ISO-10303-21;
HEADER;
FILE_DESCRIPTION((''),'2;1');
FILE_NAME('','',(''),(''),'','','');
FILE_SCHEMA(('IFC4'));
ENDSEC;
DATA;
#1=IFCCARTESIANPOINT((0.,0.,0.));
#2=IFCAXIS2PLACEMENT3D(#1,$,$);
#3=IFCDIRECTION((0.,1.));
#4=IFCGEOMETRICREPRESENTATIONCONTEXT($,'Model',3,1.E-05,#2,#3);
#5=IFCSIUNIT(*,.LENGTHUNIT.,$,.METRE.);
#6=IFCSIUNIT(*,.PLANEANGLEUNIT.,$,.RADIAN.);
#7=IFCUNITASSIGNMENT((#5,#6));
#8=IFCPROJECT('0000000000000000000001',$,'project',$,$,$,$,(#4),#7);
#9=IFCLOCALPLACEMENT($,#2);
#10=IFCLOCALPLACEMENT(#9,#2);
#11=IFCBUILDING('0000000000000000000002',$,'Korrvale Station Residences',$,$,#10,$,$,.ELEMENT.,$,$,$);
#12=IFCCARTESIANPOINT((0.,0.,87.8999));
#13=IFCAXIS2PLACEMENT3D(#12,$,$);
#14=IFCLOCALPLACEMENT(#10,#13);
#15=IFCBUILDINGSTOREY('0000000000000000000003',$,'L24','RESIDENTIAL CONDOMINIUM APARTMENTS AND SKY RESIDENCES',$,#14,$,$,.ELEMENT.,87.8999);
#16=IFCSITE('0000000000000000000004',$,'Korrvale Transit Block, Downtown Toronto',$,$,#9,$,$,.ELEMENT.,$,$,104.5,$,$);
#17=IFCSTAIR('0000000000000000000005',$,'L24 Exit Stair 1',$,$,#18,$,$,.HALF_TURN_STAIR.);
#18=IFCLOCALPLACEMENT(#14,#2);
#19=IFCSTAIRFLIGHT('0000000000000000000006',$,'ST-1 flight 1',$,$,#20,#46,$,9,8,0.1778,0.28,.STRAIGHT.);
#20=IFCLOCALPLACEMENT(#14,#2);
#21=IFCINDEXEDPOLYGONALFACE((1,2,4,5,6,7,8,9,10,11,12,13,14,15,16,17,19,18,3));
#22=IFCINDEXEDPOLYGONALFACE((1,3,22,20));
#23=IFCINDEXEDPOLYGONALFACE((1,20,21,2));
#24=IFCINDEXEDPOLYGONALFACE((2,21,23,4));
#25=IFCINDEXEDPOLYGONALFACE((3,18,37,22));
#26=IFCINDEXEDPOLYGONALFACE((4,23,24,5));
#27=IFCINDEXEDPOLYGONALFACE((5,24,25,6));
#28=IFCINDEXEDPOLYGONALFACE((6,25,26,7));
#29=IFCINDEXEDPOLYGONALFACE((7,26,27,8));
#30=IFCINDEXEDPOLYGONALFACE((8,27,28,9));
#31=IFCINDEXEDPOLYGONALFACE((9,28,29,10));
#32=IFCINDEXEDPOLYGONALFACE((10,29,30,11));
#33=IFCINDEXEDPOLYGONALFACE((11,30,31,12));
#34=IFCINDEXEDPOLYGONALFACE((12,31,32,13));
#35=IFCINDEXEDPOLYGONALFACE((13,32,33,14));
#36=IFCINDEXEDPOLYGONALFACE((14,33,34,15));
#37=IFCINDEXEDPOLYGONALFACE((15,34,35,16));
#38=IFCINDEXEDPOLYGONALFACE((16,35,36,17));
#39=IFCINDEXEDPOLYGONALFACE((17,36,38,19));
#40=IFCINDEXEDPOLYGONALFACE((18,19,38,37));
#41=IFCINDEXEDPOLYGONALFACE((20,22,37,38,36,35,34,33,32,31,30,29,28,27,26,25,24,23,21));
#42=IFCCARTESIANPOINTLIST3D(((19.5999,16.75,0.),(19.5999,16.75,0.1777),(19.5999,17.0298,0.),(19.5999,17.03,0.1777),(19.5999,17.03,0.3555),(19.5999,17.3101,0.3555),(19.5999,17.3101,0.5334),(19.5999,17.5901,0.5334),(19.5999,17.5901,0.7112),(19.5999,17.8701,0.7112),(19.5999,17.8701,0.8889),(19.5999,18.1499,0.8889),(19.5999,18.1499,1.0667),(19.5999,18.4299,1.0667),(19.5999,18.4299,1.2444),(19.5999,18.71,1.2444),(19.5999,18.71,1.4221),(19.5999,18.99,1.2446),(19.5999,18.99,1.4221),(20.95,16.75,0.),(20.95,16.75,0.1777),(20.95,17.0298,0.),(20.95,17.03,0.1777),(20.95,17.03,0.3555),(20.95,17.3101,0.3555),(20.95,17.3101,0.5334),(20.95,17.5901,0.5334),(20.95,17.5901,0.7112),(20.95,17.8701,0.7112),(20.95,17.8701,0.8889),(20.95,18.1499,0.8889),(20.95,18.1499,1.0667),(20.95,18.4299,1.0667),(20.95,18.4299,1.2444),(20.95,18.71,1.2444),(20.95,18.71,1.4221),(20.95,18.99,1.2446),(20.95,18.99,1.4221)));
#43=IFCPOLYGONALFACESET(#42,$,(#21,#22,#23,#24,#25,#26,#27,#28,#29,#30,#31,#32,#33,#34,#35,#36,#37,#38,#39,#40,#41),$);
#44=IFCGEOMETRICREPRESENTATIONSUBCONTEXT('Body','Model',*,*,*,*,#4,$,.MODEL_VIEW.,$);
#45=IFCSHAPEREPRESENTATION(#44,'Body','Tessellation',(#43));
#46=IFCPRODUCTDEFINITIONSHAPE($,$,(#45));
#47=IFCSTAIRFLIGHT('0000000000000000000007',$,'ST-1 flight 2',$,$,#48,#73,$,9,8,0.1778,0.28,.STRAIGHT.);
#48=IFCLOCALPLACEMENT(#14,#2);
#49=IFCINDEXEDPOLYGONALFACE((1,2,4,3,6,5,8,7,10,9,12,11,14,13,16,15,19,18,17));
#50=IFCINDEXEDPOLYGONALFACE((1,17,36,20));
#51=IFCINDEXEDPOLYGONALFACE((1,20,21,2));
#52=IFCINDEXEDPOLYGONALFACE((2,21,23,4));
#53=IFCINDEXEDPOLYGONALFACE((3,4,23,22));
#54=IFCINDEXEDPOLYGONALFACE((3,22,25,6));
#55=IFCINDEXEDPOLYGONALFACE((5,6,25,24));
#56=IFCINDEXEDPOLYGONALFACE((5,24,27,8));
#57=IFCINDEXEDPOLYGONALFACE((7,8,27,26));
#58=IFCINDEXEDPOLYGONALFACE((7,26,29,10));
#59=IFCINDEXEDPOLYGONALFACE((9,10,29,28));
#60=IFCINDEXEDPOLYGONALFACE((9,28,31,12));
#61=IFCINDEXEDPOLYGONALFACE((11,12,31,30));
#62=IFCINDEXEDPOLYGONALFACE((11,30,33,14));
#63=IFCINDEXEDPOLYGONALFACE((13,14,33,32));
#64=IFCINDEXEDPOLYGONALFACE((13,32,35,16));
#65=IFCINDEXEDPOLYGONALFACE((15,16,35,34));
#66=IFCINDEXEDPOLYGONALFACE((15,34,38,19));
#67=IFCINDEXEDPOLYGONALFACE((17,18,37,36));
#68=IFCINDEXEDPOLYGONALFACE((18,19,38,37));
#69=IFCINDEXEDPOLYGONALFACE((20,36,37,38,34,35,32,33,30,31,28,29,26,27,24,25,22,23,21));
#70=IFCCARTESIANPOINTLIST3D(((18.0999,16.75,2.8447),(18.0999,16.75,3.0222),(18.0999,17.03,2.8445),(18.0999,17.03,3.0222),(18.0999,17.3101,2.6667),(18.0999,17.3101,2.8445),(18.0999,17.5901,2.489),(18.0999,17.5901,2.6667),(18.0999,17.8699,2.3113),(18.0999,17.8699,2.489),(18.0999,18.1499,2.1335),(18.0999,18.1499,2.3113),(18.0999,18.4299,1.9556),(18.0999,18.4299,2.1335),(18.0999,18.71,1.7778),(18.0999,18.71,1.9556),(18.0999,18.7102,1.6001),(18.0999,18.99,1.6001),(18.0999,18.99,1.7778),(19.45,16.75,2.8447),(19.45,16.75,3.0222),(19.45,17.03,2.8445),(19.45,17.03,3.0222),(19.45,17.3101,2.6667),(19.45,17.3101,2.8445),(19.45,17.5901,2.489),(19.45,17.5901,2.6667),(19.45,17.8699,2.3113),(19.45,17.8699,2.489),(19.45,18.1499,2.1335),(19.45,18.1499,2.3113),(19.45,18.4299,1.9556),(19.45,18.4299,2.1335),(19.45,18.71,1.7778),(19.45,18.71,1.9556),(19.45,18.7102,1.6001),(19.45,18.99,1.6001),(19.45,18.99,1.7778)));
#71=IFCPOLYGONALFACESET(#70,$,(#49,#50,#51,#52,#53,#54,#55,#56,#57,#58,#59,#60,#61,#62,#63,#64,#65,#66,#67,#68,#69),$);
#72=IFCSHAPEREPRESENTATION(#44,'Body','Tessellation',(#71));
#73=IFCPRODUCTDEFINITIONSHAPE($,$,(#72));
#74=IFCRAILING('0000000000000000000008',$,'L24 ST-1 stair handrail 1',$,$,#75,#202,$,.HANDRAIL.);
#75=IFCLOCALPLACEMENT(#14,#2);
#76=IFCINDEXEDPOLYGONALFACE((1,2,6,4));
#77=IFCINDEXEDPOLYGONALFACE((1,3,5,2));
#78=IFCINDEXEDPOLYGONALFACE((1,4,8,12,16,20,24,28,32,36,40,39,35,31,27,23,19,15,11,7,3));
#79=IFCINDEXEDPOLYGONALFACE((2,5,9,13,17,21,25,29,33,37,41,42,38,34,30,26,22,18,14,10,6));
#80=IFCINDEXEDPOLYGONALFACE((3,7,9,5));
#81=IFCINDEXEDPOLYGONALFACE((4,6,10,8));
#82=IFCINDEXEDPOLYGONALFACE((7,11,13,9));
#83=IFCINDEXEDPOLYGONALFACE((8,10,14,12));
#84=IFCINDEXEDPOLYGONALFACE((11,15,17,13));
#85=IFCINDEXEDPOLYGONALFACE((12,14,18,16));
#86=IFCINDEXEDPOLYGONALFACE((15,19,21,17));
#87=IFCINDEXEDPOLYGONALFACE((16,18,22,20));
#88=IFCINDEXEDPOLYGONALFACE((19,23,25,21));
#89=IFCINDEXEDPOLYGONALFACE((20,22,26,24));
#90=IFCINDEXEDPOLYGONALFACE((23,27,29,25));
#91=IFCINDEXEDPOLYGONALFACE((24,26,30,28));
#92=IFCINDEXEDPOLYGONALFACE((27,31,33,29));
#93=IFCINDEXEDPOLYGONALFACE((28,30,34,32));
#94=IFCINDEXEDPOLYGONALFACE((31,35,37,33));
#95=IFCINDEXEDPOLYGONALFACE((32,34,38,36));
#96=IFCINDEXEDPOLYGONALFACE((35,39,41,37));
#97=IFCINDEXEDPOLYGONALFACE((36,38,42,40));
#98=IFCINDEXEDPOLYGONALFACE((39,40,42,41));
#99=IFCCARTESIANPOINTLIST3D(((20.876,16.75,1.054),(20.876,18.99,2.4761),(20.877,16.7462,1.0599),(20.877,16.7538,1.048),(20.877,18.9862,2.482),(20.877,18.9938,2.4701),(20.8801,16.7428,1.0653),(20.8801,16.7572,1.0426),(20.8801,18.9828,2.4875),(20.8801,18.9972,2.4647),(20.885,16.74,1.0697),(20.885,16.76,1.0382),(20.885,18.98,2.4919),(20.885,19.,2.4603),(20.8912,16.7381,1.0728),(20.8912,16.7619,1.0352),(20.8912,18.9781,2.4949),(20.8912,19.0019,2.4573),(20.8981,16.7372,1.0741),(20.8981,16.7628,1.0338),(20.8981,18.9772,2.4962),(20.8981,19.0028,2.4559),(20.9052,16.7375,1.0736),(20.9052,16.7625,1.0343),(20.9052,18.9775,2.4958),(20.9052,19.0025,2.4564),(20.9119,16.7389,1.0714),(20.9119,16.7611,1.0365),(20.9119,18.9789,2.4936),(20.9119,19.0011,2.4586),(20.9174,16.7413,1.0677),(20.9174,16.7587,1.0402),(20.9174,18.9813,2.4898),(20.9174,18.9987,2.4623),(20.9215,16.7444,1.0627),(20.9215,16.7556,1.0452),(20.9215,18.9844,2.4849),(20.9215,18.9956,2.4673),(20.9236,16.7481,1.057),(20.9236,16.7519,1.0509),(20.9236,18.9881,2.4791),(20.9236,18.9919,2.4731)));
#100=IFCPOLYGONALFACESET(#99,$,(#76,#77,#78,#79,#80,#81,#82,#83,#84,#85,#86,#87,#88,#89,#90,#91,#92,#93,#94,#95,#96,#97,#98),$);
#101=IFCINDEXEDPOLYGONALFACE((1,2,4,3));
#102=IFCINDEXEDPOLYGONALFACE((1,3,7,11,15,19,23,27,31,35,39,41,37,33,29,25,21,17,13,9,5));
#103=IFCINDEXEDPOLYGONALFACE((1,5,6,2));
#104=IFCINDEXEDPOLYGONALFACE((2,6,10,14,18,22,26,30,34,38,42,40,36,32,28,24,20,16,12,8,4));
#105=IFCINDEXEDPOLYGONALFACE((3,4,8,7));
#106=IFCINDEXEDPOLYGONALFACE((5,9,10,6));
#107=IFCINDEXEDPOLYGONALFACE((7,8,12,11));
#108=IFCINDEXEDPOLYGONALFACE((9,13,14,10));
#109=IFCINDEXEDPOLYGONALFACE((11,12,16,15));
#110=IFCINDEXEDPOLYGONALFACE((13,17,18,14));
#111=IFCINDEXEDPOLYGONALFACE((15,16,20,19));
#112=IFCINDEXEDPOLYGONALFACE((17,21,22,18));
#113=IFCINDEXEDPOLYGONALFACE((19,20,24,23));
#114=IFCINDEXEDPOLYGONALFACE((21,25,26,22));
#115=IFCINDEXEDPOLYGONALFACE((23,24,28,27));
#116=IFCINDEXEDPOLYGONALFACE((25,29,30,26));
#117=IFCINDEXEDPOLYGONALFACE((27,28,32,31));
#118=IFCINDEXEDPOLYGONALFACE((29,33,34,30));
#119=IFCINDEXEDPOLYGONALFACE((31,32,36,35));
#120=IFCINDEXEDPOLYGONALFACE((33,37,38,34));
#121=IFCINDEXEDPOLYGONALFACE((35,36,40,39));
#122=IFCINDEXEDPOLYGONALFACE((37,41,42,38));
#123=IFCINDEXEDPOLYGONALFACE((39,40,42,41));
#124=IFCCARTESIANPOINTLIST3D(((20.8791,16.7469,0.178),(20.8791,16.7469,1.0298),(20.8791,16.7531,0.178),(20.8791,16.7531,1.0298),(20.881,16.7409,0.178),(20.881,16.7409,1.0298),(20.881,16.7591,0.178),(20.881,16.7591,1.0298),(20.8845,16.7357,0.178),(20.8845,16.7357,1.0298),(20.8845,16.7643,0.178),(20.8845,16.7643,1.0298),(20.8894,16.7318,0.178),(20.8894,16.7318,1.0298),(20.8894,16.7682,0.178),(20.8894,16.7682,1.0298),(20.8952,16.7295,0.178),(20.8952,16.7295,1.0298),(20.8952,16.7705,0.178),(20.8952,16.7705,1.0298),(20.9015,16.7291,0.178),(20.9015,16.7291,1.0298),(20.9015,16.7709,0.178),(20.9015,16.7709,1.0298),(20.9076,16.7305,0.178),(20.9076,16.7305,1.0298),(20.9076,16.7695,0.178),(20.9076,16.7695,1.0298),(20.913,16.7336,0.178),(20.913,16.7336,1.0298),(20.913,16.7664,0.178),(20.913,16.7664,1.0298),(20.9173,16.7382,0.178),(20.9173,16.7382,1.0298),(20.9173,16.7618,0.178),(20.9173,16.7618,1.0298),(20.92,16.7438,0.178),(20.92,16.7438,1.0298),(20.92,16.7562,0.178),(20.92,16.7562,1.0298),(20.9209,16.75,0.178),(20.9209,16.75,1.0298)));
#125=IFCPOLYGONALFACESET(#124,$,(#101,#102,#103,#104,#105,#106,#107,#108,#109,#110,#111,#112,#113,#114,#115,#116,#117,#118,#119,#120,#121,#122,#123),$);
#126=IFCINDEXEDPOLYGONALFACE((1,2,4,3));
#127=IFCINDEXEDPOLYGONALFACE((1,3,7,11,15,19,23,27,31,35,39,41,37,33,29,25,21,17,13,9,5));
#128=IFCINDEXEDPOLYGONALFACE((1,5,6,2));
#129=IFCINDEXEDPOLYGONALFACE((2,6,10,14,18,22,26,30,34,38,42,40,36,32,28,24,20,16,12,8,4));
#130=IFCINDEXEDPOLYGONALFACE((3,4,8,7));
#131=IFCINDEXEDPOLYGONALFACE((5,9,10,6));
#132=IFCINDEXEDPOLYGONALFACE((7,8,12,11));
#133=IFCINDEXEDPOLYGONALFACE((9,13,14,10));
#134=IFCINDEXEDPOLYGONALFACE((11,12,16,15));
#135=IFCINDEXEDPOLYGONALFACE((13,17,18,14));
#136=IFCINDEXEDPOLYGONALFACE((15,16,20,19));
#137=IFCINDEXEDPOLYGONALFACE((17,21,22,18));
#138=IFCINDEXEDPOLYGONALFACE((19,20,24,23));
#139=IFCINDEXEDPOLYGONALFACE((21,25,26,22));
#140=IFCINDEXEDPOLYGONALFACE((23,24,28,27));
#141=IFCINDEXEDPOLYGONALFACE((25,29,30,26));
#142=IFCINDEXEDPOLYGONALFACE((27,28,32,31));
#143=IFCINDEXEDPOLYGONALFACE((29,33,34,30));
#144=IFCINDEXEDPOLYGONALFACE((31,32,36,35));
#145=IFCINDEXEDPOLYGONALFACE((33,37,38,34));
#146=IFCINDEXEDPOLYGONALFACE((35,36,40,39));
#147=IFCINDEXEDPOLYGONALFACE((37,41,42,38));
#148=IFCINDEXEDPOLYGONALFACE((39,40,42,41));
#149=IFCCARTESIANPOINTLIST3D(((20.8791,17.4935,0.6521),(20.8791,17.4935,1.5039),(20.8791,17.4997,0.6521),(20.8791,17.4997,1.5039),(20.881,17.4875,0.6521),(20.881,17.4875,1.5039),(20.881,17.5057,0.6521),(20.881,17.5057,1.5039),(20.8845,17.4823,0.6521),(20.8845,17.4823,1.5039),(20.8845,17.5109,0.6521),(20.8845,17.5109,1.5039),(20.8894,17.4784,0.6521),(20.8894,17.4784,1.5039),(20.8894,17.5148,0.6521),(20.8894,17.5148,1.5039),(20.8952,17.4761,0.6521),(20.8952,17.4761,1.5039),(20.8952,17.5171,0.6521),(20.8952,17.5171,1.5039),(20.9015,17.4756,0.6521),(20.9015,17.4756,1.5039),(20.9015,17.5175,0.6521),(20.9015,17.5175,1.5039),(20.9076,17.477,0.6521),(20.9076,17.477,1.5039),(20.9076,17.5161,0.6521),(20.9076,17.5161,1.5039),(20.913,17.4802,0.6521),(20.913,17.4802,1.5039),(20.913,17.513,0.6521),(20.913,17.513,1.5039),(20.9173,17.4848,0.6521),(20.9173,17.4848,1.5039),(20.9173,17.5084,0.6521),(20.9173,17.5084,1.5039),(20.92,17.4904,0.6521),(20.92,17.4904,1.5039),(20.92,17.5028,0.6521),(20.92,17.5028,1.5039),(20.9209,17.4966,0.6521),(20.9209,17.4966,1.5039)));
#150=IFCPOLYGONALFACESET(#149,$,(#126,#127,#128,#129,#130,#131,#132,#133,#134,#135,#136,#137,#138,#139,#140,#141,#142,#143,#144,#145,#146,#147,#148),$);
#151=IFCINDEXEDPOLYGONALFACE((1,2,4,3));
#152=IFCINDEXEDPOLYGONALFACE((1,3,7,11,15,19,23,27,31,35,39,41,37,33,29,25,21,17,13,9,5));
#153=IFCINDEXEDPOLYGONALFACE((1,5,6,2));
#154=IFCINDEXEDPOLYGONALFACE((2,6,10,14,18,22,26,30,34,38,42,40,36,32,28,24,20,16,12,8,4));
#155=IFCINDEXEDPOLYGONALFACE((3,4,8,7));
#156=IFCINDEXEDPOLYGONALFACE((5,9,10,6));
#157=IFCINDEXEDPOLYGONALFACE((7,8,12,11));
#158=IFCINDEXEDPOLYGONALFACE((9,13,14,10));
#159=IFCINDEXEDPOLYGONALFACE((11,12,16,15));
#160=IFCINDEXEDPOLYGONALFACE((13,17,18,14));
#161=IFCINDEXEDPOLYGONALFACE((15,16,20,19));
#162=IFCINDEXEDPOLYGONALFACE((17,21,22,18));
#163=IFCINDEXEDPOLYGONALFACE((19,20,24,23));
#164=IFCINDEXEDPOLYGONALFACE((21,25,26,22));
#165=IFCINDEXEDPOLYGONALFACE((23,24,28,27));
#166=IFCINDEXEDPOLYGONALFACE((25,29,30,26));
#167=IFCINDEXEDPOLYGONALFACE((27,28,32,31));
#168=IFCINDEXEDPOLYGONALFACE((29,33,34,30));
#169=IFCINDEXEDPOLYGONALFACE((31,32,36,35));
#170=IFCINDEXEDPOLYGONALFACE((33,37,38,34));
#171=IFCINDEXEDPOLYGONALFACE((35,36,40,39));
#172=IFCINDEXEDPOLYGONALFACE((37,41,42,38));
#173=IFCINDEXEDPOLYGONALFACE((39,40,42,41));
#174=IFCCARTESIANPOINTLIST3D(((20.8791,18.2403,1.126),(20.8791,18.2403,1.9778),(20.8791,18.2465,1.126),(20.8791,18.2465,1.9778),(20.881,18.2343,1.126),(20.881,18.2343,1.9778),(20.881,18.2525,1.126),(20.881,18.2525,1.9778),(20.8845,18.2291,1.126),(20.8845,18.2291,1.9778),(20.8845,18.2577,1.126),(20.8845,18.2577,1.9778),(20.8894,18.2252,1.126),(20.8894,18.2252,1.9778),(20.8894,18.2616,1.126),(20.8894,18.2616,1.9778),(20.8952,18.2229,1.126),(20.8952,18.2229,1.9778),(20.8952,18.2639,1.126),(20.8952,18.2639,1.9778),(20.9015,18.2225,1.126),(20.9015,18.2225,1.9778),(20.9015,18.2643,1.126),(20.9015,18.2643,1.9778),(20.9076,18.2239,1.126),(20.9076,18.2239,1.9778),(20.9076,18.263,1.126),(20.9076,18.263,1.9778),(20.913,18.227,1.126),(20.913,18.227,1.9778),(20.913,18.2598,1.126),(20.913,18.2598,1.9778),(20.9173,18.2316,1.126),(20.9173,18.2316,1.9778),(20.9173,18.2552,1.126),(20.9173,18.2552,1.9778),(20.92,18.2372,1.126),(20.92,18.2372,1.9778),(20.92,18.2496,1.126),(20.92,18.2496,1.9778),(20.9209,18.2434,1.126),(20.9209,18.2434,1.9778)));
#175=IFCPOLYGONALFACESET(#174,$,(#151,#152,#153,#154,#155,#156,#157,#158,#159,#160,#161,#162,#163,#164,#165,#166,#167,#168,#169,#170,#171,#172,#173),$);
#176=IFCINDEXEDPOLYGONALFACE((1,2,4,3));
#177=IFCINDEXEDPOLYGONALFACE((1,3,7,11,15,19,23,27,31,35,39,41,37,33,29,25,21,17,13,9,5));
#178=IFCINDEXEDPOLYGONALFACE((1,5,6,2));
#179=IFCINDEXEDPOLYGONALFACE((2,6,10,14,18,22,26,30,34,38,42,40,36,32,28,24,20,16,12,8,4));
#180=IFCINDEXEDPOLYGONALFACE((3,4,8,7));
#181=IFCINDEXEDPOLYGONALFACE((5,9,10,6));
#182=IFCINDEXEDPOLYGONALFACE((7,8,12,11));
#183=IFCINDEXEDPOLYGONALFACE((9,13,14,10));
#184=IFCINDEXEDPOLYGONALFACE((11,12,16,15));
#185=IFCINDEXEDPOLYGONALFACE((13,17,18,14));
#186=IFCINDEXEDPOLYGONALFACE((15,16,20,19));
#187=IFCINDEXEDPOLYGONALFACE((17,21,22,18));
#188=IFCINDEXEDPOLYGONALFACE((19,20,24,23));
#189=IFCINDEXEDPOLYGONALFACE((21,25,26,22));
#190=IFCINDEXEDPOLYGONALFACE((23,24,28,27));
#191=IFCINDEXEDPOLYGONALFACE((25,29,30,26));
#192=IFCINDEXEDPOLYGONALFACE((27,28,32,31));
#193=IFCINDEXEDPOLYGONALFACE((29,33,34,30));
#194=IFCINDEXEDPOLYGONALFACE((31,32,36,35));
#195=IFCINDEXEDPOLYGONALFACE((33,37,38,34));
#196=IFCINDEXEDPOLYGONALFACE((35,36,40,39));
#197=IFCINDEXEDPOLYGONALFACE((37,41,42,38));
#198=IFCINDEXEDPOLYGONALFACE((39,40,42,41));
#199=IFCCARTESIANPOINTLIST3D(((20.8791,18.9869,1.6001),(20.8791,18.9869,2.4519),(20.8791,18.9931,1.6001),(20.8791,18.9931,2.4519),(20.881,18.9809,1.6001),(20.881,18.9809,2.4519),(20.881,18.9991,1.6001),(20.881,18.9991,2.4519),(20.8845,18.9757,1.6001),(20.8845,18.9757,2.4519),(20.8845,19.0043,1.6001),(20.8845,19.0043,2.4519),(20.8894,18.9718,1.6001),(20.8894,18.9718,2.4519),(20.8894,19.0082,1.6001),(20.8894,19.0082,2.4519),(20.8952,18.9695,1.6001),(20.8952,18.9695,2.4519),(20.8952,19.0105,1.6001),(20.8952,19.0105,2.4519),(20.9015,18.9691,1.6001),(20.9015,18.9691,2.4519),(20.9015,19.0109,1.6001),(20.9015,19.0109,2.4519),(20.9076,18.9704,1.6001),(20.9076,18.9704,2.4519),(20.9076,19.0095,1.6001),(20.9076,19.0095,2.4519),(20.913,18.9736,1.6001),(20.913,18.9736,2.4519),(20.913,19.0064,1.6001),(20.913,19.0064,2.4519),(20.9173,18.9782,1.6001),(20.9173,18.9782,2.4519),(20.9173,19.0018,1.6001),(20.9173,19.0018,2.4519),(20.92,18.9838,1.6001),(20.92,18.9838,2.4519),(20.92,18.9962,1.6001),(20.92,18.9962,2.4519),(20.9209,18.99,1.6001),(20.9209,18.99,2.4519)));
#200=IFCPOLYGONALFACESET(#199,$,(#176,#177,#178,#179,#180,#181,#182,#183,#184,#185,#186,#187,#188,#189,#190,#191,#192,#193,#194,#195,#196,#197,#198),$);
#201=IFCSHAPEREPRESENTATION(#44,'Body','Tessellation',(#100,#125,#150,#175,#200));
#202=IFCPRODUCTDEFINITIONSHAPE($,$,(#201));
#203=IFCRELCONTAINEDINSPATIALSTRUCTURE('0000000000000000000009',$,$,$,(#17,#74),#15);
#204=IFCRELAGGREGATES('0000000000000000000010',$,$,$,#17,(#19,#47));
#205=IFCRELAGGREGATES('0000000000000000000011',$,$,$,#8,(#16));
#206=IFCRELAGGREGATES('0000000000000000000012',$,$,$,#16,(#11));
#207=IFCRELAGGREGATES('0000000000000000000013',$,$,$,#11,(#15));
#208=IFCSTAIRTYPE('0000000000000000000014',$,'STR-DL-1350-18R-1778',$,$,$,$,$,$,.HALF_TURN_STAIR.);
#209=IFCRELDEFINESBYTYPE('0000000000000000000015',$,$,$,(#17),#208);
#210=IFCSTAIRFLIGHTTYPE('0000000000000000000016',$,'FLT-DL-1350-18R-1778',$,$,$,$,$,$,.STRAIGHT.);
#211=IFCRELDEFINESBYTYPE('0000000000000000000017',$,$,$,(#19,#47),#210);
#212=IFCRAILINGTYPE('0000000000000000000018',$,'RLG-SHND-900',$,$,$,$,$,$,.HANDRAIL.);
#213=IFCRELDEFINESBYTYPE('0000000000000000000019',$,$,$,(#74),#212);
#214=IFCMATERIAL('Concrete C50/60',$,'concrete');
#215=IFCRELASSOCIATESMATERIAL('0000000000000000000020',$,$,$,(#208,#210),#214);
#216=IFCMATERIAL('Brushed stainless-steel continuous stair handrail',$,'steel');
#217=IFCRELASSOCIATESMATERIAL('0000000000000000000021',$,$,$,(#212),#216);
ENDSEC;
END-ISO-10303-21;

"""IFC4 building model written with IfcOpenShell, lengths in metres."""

from ifc_helpers import new_model, si_unit, direction, frame, origin, origin_2d, place, context, subcontext, project, spatial, polyline, circle, outline, extrude, material, type_object, element, aggregate, save


model = new_model("IFC4")

# Units and contexts
model_context = context("Model", 3, precision=1e-05, world=origin(), true_north=direction((0.0, 1.0)))
body_context = subcontext(model_context, "Body", "Model", "MODEL_VIEW")
ifc_project = project(units=[si_unit("LENGTHUNIT", "METRE"), si_unit("PLANEANGLEUNIT", "RADIAN")], contexts=[model_context])

# Site, building, storey
site_placement = place(None, origin())
site = spatial("IfcSite", under=ifc_project, at=site_placement, Name="Korrvale Transit Block, Downtown Toronto", CompositionType="ELEMENT", RefElevation=104.5)
building_placement = place(site_placement, origin())
building = spatial("IfcBuilding", under=site, at=building_placement, Name="Korrvale Station Residences", CompositionType="ELEMENT")
storey_placement = place(building_placement, frame((0.0, 0.0, 87.8999)))
storey = spatial("IfcBuildingStorey", under=building, at=storey_placement, Name="L24", Description="RESIDENTIAL CONDOMINIUM APARTMENTS AND SKY RESIDENCES", CompositionType="ELEMENT", Elevation=87.8999)

# Stair, stair flights
ifc_material_1 = material(Name="Concrete C50/60", Category="concrete")
stair_type = type_object("IfcStairType", Name="STR-DL-1350-18R-1778", PredefinedType="HALF_TURN_STAIR", material=ifc_material_1)
stair_placement = place(storey_placement, origin())
stair = element("IfcStair", 1, at=stair_placement, inside=storey, type_object=stair_type, Name="L24 Exit Stair 1", PredefinedType="HALF_TURN_STAIR")
stair_flight_type = type_object("IfcStairFlightType", Name="FLT-DL-1350-18R-1778", PredefinedType="STRAIGHT", material=ifc_material_1)
stair_flight_1_placement = place(storey_placement, frame((20.2749, 16.75, 0.0), z_axis=(0.0, 0.0, 1.0), x_axis=(0.0, 1.0, 0.0)))
stair_flight_1 = element("IfcStairFlight", 2, at=stair_flight_1_placement, type_object=stair_flight_type, Name="ST-1 flight 1", NumberOfRisers=9, NumberOfTreads=8, PredefinedType="STRAIGHT", RiserHeight=0.1778, TreadLength=0.28, context=body_context, shape_type="SweptSolid", body=[
    extrude(outline(polyline([(0.0, 0.0), (0.0, 0.1777), (0.28, 0.1777), (0.28, 0.3555), (0.5601, 0.3555), (0.5601, 0.5334), (0.8401, 0.5334), (0.8401, 0.7112), (1.1201, 0.7112), (1.1201, 0.8889), (1.3999, 0.8889), (1.3999, 1.0667), (1.6799, 1.0667), (1.6799, 1.2444), (1.96, 1.2444), (1.96, 1.4221), (2.24, 1.4221), (2.24, 1.6001), (2.24, 1.2446), (0.2798, 0.0), (0.0, 0.0)])), frame((0.0, 0.675, 0.0), z_axis=(0.0, -1.0, 0.0), x_axis=(1.0, 0.0, 0.0)), (0.0, 0.0, 1.0), 1.3501),
])
stair_flight_2_placement = place(storey_placement, frame((18.7749, 18.99, 1.6001), z_axis=(0.0, 0.0, 1.0), x_axis=(0.0, -1.0, 0.0)))
stair_flight_2 = element("IfcStairFlight", 3, at=stair_flight_2_placement, type_object=stair_flight_type, Name="ST-1 flight 2", NumberOfRisers=9, NumberOfTreads=8, PredefinedType="STRAIGHT", RiserHeight=0.1778, TreadLength=0.28, context=body_context, shape_type="SweptSolid", body=[
    extrude(outline(polyline([(0.0, 0.0), (0.0, 0.1777), (0.28, 0.1777), (0.28, 0.3555), (0.5601, 0.3555), (0.5601, 0.5334), (0.8401, 0.5334), (0.8401, 0.7112), (1.1201, 0.7112), (1.1201, 0.8889), (1.3999, 0.8889), (1.3999, 1.0667), (1.6799, 1.0667), (1.6799, 1.2444), (1.96, 1.2444), (1.96, 1.4221), (2.24, 1.4221), (2.24, 1.6001), (2.24, 1.2446), (0.2798, 0.0), (0.0, 0.0)])), frame((0.0, 0.675, 0.0), z_axis=(0.0, -1.0, 0.0), x_axis=(1.0, 0.0, 0.0)), (0.0, 0.0, 1.0), 1.3501),
])
aggregate(stair, [stair_flight_1, stair_flight_2])

# Railing
ifc_material_2 = material(Name="Brushed stainless-steel continuous stair handrail", Category="steel")
railing_type_1 = type_object("IfcRailingType", Name="RLG-SHND-900", PredefinedType="HANDRAIL", material=ifc_material_2)
railing_1_placement = place(storey_placement, frame((20.8999, 16.75, 0.178)))
element("IfcRailing", 4, at=railing_1_placement, inside=storey, type_object=railing_type_1, Name="L24 ST-1 stair handrail 1", PredefinedType="HANDRAIL", context=body_context, shape_type="SweptSolid", body=[
    extrude(circle(Radius=0.0239, at=origin_2d()), frame((0.0, 0.0, 0.876), z_axis=(0.0, 0.844229, 0.535982), x_axis=(-1.0, 0.0, 0.0)), (0.0, 0.0, 1.0), 2.6533),
    extrude(circle(Radius=0.021, at=origin_2d()), origin(), (0.0, 0.0, 1.0), 0.8518),
    extrude(circle(Radius=0.021, at=origin_2d()), frame((0.0, 0.7466, 0.4741)), (0.0, 0.0, 1.0), 0.8518),
    extrude(circle(Radius=0.021, at=origin_2d()), frame((0.0, 1.4934, 0.948)), (0.0, 0.0, 1.0), 0.8518),
    extrude(circle(Radius=0.021, at=origin_2d()), frame((0.0, 2.24, 1.4221)), (0.0, 0.0, 1.0), 0.8518),
])

save(model, "model.ifc")
